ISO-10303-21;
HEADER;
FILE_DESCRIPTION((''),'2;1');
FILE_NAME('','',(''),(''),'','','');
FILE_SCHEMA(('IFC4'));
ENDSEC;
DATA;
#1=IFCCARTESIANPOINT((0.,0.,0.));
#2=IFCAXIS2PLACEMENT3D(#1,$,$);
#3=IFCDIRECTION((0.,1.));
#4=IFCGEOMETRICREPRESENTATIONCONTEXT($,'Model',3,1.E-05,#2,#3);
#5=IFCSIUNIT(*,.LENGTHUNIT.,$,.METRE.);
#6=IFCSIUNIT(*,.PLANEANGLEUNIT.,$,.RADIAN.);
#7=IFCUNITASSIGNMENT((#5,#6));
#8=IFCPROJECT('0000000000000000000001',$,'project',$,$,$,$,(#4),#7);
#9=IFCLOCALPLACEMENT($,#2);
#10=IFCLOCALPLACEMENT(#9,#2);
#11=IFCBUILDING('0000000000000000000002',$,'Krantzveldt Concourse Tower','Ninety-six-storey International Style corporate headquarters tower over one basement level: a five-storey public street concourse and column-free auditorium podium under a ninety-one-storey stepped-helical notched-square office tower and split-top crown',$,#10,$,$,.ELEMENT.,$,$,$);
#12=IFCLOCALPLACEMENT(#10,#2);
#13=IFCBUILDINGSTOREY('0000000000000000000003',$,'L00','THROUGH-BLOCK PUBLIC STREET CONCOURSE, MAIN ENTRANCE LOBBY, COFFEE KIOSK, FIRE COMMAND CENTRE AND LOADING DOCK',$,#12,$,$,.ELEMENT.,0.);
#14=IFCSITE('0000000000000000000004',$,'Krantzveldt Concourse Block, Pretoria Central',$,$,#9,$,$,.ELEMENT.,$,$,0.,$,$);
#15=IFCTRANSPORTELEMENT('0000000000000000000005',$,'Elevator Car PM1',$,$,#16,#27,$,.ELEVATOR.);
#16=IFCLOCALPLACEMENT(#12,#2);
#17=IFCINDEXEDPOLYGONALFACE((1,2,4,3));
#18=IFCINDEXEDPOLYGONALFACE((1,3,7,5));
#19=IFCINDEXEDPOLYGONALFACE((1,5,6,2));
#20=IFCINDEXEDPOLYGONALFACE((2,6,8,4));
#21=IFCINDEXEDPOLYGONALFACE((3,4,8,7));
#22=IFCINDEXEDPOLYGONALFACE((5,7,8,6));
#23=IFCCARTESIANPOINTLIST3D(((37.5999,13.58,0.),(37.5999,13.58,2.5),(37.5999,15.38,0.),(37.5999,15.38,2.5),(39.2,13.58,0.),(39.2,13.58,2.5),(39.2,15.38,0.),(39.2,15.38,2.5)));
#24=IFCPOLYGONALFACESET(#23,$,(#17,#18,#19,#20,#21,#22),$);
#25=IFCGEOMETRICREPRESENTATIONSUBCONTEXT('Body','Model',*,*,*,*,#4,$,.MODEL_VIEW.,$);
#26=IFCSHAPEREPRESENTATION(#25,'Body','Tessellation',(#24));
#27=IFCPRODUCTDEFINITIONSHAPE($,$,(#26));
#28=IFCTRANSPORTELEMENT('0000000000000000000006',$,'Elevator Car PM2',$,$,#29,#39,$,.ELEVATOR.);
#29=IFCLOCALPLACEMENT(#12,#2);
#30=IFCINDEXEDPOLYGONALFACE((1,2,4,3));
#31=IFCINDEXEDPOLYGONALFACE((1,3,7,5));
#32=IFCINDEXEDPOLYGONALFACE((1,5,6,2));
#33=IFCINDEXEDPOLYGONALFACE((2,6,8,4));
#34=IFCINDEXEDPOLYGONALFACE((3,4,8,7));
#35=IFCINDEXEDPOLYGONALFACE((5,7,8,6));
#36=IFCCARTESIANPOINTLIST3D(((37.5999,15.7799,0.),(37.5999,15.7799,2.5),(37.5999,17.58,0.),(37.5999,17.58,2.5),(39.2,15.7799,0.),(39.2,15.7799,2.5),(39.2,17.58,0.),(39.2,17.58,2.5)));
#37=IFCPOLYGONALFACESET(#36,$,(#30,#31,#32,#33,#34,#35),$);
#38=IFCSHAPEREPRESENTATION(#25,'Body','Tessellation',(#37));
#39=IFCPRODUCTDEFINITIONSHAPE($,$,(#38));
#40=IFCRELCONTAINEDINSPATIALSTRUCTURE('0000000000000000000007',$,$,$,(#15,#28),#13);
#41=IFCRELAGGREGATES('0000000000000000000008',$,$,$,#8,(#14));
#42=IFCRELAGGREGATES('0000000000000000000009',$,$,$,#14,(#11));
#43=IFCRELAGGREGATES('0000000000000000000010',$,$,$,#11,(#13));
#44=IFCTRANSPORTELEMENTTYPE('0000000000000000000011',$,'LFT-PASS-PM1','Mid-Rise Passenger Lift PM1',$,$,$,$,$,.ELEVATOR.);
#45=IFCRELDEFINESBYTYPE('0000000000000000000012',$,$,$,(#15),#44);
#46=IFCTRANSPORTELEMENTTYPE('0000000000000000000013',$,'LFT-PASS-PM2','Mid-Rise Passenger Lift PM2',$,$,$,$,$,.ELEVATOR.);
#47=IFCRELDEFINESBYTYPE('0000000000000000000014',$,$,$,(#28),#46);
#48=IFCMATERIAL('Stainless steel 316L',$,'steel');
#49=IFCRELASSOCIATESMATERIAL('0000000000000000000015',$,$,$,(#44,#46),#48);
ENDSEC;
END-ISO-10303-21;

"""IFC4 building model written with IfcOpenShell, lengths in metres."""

from ifc_helpers import new_model, si_unit, direction, frame, origin, origin_2d, place, context, subcontext, project, spatial, rectangle, extrude, source, transform, mapped, material, type_object, type_shapes, element, save


model = new_model("IFC4")

# Units and contexts
model_context = context("Model", 3, precision=1e-05, world=origin(), true_north=direction((0.0, 1.0)))
body_context = subcontext(model_context, "Body", "Model", "MODEL_VIEW")
ifc_project = project(units=[si_unit("LENGTHUNIT", "METRE"), si_unit("PLANEANGLEUNIT", "RADIAN")], contexts=[model_context])

# Site, building, storey
site_placement = place(None, origin())
site = spatial("IfcSite", under=ifc_project, at=site_placement, Name="Krantzveldt Concourse Block, Pretoria Central", CompositionType="ELEMENT", RefElevation=0.0)
building_placement = place(site_placement, origin())
building = spatial("IfcBuilding", under=site, at=building_placement, Name="Krantzveldt Concourse Tower", Description="Ninety-six-storey International Style corporate headquarters tower over one basement level: a five-storey public street concourse and column-free auditorium podium under a ninety-one-storey stepped-helical notched-square office tower and split-top crown", CompositionType="ELEMENT")
storey_placement = place(building_placement, origin())
storey = spatial("IfcBuildingStorey", under=building, at=storey_placement, Name="L00", Description="THROUGH-BLOCK PUBLIC STREET CONCOURSE, MAIN ENTRANCE LOBBY, COFFEE KIOSK, FIRE COMMAND CENTRE AND LOADING DOCK", CompositionType="ELEMENT", Elevation=0.0)

# Shared definitions
ifc_material_1 = material(Name="Stainless steel 316L", Category="steel")

# Transport elements
transport_element_type_1 = type_object("IfcTransportElementType", Name="LFT-PASS-PM1", Description="Mid-Rise Passenger Lift PM1", PredefinedType="ELEVATOR", material=ifc_material_1)
shared_shape_1 = source(origin(), body_context, "Body", "SweptSolid", [
    extrude(rectangle(XDim=1.6001, YDim=1.8, at=origin_2d()), origin(), (0.0, 0.0, 1.0), 2.5),
])
type_shapes(transport_element_type_1, [shared_shape_1])
transport_element_1_placement = place(storey_placement, frame((38.3999, 14.48, 0.0), z_axis=(0.0, 0.0, 1.0), x_axis=(1.0, 0.0, 0.0)))
element("IfcTransportElement", 1, at=transport_element_1_placement, inside=storey, type_object=transport_element_type_1, Name="Elevator Car PM1", PredefinedType="ELEVATOR", context=body_context, shape_type="MappedRepresentation", body=[
    mapped(shared_shape_1, transform((0.0, 0.0, 0.0), x_axis=(1.0, 0.0, 0.0), y_axis=(0.0, 1.0, 0.0), z_axis=(0.0, 0.0, 1.0), scale=1.0)),
])
transport_element_type_2 = type_object("IfcTransportElementType", Name="LFT-PASS-PM2", Description="Mid-Rise Passenger Lift PM2", PredefinedType="ELEVATOR", material=ifc_material_1)
shared_shape_2 = source(origin(), body_context, "Body", "SweptSolid", [
    extrude(rectangle(XDim=1.6001, YDim=1.8, at=origin_2d()), origin(), (0.0, 0.0, 1.0), 2.5),
])
type_shapes(transport_element_type_2, [shared_shape_2])
transport_element_2_placement = place(storey_placement, frame((38.3999, 16.6799, 0.0), z_axis=(0.0, 0.0, 1.0), x_axis=(1.0, 0.0, 0.0)))
element("IfcTransportElement", 2, at=transport_element_2_placement, inside=storey, type_object=transport_element_type_2, Name="Elevator Car PM2", PredefinedType="ELEVATOR", context=body_context, shape_type="MappedRepresentation", body=[
    mapped(shared_shape_2, transform((0.0, 0.0, 0.0), x_axis=(1.0, 0.0, 0.0), y_axis=(0.0, 1.0, 0.0), z_axis=(0.0, 0.0, 1.0), scale=1.0)),
])

save(model, "model.ifc")
